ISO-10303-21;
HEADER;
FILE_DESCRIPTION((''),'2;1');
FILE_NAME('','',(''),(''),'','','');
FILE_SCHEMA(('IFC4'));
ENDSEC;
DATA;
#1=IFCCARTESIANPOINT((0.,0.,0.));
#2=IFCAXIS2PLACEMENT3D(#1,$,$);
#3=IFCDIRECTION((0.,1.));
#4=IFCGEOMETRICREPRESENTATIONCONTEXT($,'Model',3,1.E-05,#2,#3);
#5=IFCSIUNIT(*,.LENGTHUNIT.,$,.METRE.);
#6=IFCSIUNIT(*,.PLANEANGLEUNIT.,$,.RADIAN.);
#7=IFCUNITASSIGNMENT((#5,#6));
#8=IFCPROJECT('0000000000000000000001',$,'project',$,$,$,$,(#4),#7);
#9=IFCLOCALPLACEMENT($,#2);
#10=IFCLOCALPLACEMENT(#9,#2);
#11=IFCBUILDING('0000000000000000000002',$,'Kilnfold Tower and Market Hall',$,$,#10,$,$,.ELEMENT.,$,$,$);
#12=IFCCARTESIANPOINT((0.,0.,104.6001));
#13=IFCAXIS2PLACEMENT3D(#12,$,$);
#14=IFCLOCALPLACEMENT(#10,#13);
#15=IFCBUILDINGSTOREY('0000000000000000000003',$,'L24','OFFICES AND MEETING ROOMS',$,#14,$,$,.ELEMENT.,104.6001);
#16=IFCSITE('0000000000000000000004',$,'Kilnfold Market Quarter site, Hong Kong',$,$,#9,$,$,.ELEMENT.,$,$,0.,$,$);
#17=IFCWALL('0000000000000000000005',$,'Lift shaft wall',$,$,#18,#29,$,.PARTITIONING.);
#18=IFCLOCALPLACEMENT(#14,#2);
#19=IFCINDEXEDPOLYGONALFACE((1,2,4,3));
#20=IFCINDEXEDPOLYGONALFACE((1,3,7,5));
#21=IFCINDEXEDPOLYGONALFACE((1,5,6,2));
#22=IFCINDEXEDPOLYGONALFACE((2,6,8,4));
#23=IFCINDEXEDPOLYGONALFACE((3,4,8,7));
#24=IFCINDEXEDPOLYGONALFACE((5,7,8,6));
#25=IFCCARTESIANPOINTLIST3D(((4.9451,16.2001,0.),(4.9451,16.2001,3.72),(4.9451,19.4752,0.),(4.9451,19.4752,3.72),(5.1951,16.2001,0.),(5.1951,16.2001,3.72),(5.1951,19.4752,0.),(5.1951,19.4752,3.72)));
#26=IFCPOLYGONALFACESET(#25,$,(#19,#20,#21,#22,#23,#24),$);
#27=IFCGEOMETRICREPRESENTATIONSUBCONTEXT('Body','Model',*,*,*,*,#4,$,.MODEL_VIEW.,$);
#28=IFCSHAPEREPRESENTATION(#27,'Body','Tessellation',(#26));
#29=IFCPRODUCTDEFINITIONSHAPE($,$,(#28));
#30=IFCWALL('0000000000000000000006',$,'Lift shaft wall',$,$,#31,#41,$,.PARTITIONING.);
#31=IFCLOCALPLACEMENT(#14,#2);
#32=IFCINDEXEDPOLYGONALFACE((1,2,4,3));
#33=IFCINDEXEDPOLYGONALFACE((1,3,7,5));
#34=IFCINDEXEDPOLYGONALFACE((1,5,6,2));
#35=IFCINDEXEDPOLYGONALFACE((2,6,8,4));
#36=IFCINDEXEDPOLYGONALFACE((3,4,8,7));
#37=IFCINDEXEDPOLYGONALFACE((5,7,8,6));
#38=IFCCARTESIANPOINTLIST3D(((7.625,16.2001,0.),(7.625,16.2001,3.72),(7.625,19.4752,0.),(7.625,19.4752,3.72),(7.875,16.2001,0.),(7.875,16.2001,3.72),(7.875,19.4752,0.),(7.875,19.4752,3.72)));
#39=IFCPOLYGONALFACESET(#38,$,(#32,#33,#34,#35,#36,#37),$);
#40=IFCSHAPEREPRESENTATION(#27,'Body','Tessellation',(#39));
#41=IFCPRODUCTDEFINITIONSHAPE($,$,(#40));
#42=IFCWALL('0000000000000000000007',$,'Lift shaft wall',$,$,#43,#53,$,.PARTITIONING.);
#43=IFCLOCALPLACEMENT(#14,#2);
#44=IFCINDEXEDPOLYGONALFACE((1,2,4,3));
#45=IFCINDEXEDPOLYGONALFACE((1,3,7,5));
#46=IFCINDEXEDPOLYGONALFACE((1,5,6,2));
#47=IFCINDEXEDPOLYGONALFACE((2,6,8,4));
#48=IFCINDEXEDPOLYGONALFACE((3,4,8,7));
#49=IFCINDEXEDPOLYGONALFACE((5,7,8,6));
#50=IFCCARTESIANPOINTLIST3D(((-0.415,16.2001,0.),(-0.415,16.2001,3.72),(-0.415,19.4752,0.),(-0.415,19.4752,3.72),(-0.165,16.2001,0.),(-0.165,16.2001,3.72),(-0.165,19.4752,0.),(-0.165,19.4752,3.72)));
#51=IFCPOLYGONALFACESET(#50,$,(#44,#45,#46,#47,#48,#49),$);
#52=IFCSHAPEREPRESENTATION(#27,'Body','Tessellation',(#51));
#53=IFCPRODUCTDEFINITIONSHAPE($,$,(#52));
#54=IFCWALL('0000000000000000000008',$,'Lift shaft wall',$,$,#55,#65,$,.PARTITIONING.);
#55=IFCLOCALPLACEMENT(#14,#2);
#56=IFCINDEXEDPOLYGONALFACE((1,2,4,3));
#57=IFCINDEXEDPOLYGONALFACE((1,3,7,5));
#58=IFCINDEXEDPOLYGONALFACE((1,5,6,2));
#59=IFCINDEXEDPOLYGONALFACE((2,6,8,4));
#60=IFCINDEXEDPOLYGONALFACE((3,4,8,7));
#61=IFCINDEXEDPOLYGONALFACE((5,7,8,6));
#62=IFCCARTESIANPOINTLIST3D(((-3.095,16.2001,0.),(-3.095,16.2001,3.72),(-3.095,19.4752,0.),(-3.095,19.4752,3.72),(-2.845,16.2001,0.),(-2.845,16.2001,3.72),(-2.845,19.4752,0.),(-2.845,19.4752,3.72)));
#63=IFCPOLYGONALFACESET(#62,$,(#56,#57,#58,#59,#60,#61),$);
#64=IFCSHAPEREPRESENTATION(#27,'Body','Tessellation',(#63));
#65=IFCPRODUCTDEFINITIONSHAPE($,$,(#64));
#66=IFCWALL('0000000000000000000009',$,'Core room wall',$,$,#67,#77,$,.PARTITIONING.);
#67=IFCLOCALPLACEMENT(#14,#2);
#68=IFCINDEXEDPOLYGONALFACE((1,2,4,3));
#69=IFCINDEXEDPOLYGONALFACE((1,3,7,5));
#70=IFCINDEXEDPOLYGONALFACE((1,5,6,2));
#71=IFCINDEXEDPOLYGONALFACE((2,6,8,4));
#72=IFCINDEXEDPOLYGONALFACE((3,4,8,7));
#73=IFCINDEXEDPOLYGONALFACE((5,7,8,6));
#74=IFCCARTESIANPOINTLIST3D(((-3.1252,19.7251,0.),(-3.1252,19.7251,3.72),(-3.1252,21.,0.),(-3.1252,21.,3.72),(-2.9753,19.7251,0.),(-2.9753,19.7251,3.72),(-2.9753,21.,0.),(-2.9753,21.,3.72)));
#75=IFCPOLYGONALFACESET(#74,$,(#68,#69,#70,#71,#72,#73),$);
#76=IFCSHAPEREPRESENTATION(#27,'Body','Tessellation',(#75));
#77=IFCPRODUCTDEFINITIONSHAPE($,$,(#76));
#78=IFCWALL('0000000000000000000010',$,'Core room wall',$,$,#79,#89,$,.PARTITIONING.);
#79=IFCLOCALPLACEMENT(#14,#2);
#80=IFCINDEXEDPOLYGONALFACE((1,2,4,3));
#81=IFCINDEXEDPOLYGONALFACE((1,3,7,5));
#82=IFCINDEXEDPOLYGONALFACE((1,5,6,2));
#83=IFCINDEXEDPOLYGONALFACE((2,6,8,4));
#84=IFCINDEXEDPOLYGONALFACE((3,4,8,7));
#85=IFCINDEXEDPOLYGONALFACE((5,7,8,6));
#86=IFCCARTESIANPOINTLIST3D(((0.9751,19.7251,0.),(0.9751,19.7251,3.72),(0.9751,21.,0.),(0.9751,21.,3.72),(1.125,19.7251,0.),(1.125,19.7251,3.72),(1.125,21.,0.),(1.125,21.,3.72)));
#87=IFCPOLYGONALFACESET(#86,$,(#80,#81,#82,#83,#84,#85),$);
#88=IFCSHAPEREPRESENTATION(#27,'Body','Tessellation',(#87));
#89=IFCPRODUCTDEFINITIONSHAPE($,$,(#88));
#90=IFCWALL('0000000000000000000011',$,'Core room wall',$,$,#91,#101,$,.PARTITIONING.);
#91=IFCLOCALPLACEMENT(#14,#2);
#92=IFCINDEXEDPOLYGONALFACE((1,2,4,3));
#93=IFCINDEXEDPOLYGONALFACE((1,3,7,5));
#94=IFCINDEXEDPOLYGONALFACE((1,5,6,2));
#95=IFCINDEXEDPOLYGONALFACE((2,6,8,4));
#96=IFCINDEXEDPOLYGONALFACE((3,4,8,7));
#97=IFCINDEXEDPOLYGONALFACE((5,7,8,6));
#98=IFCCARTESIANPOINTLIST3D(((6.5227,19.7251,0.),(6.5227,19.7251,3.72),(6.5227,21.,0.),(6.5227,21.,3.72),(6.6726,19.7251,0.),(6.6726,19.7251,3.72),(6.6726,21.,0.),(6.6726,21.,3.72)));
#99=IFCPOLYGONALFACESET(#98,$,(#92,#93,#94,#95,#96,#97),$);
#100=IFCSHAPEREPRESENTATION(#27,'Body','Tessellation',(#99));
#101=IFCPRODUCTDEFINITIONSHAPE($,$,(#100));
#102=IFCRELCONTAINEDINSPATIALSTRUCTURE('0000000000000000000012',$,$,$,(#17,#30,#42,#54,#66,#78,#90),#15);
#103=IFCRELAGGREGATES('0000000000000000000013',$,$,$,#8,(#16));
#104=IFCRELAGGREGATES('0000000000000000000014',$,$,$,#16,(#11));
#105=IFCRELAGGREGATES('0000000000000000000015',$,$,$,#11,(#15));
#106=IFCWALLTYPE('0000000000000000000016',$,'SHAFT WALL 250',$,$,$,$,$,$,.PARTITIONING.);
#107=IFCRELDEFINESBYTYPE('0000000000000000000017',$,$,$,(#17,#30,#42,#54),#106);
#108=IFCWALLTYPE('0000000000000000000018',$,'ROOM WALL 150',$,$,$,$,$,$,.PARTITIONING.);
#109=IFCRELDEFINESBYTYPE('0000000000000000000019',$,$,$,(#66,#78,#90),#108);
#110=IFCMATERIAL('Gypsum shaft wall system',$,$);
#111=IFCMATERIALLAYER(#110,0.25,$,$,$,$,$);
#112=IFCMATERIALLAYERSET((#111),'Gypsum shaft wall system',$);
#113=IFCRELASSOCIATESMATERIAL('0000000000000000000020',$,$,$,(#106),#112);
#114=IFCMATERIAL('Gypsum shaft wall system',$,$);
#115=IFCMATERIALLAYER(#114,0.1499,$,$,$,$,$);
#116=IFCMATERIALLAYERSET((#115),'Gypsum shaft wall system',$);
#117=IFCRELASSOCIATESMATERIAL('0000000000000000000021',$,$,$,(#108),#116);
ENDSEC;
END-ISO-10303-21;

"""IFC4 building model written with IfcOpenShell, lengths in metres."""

from ifc_helpers import new_model, si_unit, direction, frame, frame_2d, origin, place, context, subcontext, project, spatial, rectangle, extrude, source, transform, mapped, material, layer, layer_set, type_object, element, save


model = new_model("IFC4")

# Units and contexts
model_context = context("Model", 3, precision=1e-05, world=origin(), true_north=direction((0.0, 1.0)))
body_context = subcontext(model_context, "Body", "Model", "MODEL_VIEW")
ifc_project = project(units=[si_unit("LENGTHUNIT", "METRE"), si_unit("PLANEANGLEUNIT", "RADIAN")], contexts=[model_context])

# Site, building, storey
site_placement = place(None, origin())
site = spatial("IfcSite", under=ifc_project, at=site_placement, Name="Kilnfold Market Quarter site, Hong Kong", CompositionType="ELEMENT", RefElevation=0.0)
building_placement = place(site_placement, origin())
building = spatial("IfcBuilding", under=site, at=building_placement, Name="Kilnfold Tower and Market Hall", CompositionType="ELEMENT")
storey_placement = place(building_placement, frame((0.0, 0.0, 104.6001)))
storey = spatial("IfcBuildingStorey", under=building, at=storey_placement, Name="L24", Description="OFFICES AND MEETING ROOMS", CompositionType="ELEMENT", Elevation=104.6001)

# Walls
ifc_material_1 = material(Name="Gypsum shaft wall system")
ifc_layer_1 = layer(ifc_material_1, 0.25)
ifc_layer_set_1 = layer_set([ifc_layer_1], Name="Gypsum shaft wall system")
wall_type_1 = type_object("IfcWallType", Name="SHAFT WALL 250", PredefinedType="PARTITIONING", material=ifc_layer_set_1)
shared_shape_1 = source(origin(), body_context, "Body", "SweptSolid", [
    extrude(rectangle(XDim=3.2751, YDim=0.25, at=frame_2d((1.6377, 0.0))), origin(), (0.0, 0.0, 1.0), 3.72),
])
for number, where, z_axis, x_axis, name in (
    (1, (5.0701, 16.2, 0.0), (0.0, 0.0, 1.0), (0.0, 1.0, 0.0), "Lift shaft wall"),
    (2, (7.75, 16.2, 0.0), (0.0, 0.0, 1.0), (0.0, 1.0, 0.0), "Lift shaft wall"),
    (3, (-0.29, 16.2, 0.0), (0.0, 0.0, 1.0), (0.0, 1.0, 0.0), "Lift shaft wall"),
    (4, (-2.97, 16.2, 0.0), (0.0, 0.0, 1.0), (0.0, 1.0, 0.0), "Lift shaft wall"),
):
    element("IfcWall", number, at=place(storey_placement, frame(where, z_axis=z_axis, x_axis=x_axis)), inside=storey, type_object=wall_type_1, Name=name, PredefinedType="PARTITIONING", context=body_context, shape_type="MappedRepresentation", body=[
        mapped(shared_shape_1, transform((0.0, 0.0, 0.0))),
    ])
ifc_material_2 = material(Name="Gypsum shaft wall system")
ifc_layer_2 = layer(ifc_material_2, 0.1499)
ifc_layer_set_2 = layer_set([ifc_layer_2], Name="Gypsum shaft wall system")
wall_type_2 = type_object("IfcWallType", Name="ROOM WALL 150", PredefinedType="PARTITIONING", material=ifc_layer_set_2)
shared_shape_2 = source(origin(), body_context, "Body", "SweptSolid", [
    extrude(rectangle(XDim=1.2749, YDim=0.1499, at=frame_2d((0.6375, 0.0))), origin(), (0.0, 0.0, 1.0), 3.72),
])
for number, where, z_axis, x_axis, name in (
    (5, (-3.0503, 19.7251, 0.0), (0.0, 0.0, 1.0), (0.0, 1.0, 0.0), "Core room wall"),
    (6, (1.05, 19.7251, 0.0), (0.0, 0.0, 1.0), (0.0, 1.0, 0.0), "Core room wall"),
    (7, (6.5977, 19.7251, 0.0), (0.0, 0.0, 1.0), (0.0, 1.0, 0.0), "Core room wall"),
):
    element("IfcWall", number, at=place(storey_placement, frame(where, z_axis=z_axis, x_axis=x_axis)), inside=storey, type_object=wall_type_2, Name=name, PredefinedType="PARTITIONING", context=body_context, shape_type="MappedRepresentation", body=[
        mapped(shared_shape_2, transform((0.0, 0.0, 0.0))),
    ])

save(model, "model.ifc")
